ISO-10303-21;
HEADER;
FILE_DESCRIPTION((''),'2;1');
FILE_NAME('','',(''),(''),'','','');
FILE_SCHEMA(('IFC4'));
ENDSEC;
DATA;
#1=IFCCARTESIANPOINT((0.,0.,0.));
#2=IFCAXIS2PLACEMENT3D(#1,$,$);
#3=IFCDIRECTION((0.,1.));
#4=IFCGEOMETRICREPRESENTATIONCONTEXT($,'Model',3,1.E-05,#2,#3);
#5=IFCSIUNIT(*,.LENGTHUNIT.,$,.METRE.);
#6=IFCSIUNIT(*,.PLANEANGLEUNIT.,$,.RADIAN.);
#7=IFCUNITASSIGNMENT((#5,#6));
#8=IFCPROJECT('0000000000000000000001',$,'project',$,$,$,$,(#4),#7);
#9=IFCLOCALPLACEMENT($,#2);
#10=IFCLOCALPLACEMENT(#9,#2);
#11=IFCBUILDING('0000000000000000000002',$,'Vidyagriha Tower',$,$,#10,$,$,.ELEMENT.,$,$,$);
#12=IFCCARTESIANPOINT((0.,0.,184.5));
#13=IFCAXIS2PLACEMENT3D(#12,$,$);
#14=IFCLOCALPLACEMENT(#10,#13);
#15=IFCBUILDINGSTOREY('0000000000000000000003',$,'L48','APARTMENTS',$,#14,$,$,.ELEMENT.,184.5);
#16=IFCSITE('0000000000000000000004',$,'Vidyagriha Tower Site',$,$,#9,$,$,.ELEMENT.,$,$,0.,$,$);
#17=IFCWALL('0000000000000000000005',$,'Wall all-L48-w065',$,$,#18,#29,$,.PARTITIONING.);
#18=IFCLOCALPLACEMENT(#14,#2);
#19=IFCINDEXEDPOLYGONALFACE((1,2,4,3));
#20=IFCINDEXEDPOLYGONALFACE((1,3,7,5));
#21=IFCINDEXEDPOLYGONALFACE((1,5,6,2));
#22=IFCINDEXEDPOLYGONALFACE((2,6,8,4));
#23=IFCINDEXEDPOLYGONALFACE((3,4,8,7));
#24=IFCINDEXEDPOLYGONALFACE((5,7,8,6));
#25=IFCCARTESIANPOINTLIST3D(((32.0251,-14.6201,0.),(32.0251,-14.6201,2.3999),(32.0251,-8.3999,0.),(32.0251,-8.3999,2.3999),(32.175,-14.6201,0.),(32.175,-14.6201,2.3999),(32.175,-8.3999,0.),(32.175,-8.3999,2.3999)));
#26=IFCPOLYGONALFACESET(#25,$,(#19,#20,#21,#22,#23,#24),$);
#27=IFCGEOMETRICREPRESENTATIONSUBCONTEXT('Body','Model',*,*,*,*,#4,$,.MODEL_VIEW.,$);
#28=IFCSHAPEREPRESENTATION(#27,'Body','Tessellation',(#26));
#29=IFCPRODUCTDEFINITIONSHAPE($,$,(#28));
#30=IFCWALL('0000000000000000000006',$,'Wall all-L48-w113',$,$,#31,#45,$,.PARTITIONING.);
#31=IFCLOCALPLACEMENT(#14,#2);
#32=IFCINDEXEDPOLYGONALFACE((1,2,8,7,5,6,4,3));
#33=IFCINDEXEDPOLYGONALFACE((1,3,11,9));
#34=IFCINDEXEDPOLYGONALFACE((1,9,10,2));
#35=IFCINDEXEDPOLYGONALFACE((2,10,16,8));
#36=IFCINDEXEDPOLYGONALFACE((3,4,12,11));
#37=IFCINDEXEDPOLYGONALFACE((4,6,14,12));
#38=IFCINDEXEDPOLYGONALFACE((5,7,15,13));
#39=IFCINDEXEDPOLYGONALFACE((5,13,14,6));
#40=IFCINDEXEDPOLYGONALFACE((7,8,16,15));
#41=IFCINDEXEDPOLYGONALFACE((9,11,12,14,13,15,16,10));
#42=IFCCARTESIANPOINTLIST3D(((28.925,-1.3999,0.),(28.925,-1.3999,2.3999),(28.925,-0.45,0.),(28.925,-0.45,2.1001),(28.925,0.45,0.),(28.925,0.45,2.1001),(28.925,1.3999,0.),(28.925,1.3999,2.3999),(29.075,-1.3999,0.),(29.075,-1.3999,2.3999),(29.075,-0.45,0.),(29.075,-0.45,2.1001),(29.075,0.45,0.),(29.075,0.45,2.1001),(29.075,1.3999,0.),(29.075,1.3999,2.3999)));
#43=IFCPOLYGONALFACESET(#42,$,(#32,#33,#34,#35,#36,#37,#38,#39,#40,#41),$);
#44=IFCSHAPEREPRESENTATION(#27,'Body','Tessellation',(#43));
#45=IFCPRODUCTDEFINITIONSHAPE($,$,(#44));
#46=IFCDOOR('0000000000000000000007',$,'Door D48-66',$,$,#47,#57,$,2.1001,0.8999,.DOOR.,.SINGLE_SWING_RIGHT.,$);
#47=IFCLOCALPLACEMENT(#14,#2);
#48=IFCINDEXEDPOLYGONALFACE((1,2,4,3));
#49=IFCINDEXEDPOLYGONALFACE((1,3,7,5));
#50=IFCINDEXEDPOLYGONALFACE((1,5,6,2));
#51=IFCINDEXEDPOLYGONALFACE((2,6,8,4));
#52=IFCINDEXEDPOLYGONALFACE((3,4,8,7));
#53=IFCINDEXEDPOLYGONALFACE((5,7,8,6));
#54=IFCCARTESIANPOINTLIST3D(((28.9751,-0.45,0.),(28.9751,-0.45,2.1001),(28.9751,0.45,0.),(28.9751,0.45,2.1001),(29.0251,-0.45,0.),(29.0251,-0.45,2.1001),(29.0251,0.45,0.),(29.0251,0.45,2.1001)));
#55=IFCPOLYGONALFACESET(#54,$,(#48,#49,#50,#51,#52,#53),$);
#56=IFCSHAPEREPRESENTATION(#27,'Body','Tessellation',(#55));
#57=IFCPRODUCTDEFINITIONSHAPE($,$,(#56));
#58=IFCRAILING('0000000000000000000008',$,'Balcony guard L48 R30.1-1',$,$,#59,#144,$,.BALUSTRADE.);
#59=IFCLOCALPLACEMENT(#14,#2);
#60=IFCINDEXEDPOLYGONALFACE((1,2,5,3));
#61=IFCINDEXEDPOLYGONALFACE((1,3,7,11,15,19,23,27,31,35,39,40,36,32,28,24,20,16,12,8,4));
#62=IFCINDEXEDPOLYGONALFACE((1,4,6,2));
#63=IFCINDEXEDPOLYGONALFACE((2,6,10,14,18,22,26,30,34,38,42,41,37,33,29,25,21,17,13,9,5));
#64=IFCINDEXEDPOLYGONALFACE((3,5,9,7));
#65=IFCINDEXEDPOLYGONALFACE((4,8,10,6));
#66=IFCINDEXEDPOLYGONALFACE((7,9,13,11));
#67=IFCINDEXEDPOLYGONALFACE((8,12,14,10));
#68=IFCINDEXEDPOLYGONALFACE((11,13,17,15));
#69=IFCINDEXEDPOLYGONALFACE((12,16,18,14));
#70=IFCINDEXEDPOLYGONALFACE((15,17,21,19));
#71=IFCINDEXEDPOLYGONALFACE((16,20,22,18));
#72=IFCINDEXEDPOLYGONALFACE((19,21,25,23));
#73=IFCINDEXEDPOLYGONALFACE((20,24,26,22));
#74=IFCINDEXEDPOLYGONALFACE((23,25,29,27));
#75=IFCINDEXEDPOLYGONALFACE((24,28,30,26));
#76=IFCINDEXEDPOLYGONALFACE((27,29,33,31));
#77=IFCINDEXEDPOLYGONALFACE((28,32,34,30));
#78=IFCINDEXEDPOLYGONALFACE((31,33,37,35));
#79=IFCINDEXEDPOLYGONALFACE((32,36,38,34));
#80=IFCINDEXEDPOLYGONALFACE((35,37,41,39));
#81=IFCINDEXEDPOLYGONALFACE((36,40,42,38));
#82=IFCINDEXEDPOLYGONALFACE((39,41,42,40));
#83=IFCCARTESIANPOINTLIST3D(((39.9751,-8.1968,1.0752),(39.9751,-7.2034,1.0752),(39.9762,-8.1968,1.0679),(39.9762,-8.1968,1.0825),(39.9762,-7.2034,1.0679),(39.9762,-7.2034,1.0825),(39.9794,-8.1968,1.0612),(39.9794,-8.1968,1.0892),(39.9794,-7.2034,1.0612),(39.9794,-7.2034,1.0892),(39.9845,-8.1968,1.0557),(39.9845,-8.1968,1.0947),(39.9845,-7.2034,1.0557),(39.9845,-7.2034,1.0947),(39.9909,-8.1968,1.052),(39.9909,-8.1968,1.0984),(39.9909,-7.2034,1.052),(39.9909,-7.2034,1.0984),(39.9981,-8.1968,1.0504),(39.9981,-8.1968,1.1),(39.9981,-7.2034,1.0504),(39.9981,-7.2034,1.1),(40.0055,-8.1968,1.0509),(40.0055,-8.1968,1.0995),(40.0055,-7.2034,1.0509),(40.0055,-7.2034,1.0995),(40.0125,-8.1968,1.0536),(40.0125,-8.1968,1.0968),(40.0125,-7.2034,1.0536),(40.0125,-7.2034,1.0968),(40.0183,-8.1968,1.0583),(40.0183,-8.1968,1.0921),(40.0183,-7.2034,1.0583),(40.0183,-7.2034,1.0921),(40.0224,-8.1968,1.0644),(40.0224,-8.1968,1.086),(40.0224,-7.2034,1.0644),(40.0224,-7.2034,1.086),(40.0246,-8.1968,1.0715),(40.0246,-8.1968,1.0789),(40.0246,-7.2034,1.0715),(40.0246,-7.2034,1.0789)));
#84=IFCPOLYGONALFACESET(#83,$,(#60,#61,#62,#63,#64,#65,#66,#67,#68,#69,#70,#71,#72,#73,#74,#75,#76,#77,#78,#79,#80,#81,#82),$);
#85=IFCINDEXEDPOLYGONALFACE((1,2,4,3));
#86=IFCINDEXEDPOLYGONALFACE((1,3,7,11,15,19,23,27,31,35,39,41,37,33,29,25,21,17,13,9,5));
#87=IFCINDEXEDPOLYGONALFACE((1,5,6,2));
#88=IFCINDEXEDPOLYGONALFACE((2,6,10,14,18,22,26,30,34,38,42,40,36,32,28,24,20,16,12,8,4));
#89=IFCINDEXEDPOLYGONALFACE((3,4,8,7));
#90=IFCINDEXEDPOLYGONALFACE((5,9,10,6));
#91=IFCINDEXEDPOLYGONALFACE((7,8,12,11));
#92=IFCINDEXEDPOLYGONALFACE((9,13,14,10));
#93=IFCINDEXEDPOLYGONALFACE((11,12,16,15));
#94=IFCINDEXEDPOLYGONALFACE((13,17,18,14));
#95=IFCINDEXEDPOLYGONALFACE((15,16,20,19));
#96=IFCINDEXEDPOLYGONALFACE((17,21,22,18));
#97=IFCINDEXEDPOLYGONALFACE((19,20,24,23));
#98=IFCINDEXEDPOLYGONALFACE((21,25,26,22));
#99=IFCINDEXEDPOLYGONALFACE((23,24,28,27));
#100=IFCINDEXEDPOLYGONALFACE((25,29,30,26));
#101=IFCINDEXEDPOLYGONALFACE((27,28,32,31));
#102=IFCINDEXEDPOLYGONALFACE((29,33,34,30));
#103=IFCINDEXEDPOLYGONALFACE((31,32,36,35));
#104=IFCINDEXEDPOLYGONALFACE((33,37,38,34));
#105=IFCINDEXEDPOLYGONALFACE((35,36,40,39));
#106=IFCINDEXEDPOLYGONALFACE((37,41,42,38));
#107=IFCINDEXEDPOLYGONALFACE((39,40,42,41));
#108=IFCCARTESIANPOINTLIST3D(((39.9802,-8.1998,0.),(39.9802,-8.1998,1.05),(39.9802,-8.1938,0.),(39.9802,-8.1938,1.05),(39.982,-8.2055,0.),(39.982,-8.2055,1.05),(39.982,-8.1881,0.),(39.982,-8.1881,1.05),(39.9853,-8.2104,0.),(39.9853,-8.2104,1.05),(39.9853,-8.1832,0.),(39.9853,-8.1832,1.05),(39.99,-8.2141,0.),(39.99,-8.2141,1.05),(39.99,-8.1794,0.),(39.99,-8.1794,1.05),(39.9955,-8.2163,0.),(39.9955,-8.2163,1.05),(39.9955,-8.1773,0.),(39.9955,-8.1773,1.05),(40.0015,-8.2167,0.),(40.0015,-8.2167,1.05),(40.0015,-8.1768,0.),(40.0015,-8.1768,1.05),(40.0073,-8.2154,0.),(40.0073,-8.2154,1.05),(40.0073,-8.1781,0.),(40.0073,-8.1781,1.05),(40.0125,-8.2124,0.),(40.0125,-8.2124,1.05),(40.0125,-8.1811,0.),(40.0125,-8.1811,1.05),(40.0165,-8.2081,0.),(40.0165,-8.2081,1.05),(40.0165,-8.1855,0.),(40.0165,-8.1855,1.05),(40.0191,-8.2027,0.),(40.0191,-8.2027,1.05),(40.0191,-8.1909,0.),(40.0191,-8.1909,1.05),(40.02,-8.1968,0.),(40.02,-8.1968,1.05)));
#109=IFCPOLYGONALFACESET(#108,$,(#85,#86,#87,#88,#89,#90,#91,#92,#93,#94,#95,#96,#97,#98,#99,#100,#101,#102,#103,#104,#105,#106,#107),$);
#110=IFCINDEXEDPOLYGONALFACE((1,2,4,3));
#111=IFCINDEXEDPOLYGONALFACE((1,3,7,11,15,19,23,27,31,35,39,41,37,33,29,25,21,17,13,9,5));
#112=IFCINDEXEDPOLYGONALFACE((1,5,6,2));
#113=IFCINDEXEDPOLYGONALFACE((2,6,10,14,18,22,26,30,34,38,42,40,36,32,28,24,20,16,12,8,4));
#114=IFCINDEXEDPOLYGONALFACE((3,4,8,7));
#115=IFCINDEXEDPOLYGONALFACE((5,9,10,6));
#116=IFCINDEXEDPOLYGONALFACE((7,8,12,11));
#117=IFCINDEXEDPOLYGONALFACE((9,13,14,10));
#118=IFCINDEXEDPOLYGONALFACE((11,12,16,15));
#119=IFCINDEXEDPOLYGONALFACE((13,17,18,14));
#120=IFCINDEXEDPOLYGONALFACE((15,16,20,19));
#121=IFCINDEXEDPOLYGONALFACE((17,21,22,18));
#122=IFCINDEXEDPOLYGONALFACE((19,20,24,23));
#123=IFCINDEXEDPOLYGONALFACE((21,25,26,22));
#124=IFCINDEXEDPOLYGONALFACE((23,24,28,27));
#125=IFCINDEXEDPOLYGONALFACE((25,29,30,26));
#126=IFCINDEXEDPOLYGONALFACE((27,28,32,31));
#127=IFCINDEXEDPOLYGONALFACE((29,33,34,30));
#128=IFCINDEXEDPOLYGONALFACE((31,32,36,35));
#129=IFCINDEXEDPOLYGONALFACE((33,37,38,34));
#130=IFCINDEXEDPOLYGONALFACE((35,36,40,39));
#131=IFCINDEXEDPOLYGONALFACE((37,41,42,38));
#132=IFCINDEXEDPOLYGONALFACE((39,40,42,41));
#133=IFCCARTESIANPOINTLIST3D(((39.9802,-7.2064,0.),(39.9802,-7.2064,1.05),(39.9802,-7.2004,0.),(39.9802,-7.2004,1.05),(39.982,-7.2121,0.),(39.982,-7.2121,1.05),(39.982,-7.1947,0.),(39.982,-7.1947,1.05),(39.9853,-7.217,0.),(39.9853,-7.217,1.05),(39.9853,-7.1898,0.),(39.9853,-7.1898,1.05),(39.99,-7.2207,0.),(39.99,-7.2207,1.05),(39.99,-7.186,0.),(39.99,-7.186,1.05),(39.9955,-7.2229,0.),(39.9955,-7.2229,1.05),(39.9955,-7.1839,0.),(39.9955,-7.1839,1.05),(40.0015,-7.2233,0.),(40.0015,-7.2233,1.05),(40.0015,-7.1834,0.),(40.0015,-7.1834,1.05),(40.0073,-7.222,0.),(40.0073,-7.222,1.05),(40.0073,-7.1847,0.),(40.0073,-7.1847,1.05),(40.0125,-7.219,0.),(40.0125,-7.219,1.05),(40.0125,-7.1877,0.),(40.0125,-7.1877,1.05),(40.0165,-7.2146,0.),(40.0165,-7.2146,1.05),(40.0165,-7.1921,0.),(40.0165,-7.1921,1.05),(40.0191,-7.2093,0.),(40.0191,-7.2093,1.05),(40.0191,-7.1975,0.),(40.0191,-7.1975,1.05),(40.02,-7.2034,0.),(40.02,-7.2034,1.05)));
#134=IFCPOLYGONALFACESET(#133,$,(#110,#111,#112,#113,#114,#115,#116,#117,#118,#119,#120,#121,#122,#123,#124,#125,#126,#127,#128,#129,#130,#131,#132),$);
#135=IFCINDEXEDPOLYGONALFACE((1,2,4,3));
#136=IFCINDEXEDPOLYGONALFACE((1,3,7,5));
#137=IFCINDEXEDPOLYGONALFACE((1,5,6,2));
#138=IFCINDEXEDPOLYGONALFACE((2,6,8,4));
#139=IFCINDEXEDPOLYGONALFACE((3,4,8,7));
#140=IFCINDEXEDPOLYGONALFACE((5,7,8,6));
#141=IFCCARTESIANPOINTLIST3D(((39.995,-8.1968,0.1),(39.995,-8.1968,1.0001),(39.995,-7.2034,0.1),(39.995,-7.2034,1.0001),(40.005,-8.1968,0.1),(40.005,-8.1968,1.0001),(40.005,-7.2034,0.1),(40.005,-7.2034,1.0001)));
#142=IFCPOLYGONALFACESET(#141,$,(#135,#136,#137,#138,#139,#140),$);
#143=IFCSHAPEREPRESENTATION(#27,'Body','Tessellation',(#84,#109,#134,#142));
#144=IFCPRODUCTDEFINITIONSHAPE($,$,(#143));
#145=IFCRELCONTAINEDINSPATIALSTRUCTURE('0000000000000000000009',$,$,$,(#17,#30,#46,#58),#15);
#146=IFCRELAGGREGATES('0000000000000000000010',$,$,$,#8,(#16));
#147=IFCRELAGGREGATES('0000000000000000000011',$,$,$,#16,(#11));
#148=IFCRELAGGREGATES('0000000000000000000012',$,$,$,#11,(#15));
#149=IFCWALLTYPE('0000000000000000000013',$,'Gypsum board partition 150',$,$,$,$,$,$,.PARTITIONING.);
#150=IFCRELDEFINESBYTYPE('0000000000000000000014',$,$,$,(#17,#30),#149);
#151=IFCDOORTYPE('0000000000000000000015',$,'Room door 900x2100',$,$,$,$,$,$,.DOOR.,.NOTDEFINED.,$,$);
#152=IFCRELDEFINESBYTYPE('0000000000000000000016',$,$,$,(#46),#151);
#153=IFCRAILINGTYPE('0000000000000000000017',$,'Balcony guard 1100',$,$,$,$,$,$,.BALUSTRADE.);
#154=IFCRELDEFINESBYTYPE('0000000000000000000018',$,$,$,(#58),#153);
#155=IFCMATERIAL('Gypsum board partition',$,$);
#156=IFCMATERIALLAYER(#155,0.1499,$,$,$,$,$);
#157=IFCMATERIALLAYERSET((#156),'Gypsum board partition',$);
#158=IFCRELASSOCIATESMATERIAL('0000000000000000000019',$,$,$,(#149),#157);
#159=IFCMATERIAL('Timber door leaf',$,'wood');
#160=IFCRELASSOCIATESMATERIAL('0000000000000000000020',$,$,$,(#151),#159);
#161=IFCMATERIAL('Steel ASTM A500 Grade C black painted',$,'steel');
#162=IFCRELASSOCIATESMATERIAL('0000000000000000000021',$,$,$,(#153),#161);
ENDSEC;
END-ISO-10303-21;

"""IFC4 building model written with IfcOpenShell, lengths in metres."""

from ifc_helpers import new_model, si_unit, direction, frame, frame_2d, origin, origin_2d, place, context, subcontext, project, spatial, rectangle, circle, extrude, material, layer, layer_set, type_object, element, fill, save


model = new_model("IFC4")

# Units and contexts
model_context = context("Model", 3, precision=1e-05, world=origin(), true_north=direction((0.0, 1.0)))
body_context = subcontext(model_context, "Body", "Model", "MODEL_VIEW")
ifc_project = project(units=[si_unit("LENGTHUNIT", "METRE"), si_unit("PLANEANGLEUNIT", "RADIAN")], contexts=[model_context])

# Site, building, storey
site_placement = place(None, origin())
site = spatial("IfcSite", under=ifc_project, at=site_placement, Name="Vidyagriha Tower Site", CompositionType="ELEMENT", RefElevation=0.0)
building_placement = place(site_placement, origin())
building = spatial("IfcBuilding", under=site, at=building_placement, Name="Vidyagriha Tower", CompositionType="ELEMENT")
storey_placement = place(building_placement, frame((0.0, 0.0, 184.5)))
storey = spatial("IfcBuildingStorey", under=building, at=storey_placement, Name="L48", Description="APARTMENTS", CompositionType="ELEMENT", Elevation=184.5)

# Shared definitions
ifc_material_1 = material(Name="Gypsum board partition")
ifc_layer_1 = layer(ifc_material_1, 0.1499)
ifc_layer_set_1 = layer_set([ifc_layer_1], Name="Gypsum board partition")
wall_type_1 = type_object("IfcWallType", Name="Gypsum board partition 150", PredefinedType="PARTITIONING", material=ifc_layer_set_1)

# Shared definitions
ifc_material_2 = material(Name="Timber door leaf", Category="wood")
door_type_1 = type_object("IfcDoorType", Name="Room door 900x2100", OperationType="NOTDEFINED", PredefinedType="DOOR", material=ifc_material_2)

# Wall
wall_1_placement = place(storey_placement, frame((32.1001, -8.3999, 0.0), z_axis=(0.0, 0.0, 1.0), x_axis=(0.0, -1.0, 0.0)))
element("IfcWall", 1, at=wall_1_placement, inside=storey, type_object=wall_type_1, Name="Wall all-L48-w065", PredefinedType="PARTITIONING", context=body_context, shape_type="SweptSolid", body=[
    extrude(rectangle(XDim=6.2202, YDim=0.1499, at=frame_2d((3.1101, 0.0))), origin(), (0.0, 0.0, 1.0), 2.3999),
])

# Wall, opening, door
wall_2_placement = place(storey_placement, frame((29.0, -1.3999, 0.0), z_axis=(0.0, 0.0, 1.0), x_axis=(0.0, 1.0, 0.0)))
wall_2 = element("IfcWall", 2, at=wall_2_placement, inside=storey, type_object=wall_type_1, Name="Wall all-L48-w113", PredefinedType="PARTITIONING", context=body_context, shape_type="SweptSolid", body=[
    extrude(rectangle(XDim=2.7998, YDim=0.1499, at=frame_2d((1.3999, 0.0))), origin(), (0.0, 0.0, 1.0), 2.3999),
])
opening_1_placement = place(wall_2_placement, frame((0.95, 0.0, 0.0)))
opening_1 = element("IfcOpeningElement", 3, at=opening_1_placement, cuts=wall_2, PredefinedType="OPENING", context=body_context, shape_type="SweptSolid", body=[
    extrude(rectangle(XDim=0.8999, YDim=2.1001, at=frame_2d((0.45, 1.05))), frame((0.0, 0.085, 0.0), z_axis=(0.0, -1.0, 0.0), x_axis=(1.0, 0.0, 0.0)), (0.0, 0.0, 1.0), 0.1699),
])
door_1_placement = place(opening_1_placement, origin())
door_1 = element("IfcDoor", 4, at=door_1_placement, inside=storey, type_object=door_type_1, Name="Door D48-66", OperationType="SINGLE_SWING_RIGHT", OverallHeight=2.1001, OverallWidth=0.8999, PredefinedType="DOOR", context=body_context, shape_type="SweptSolid", body=[
    extrude(rectangle(XDim=0.8999, YDim=2.1001, at=frame_2d((0.45, 1.05))), frame((0.0, 0.0249, 0.0), z_axis=(0.0, -1.0, 0.0), x_axis=(1.0, 0.0, 0.0)), (0.0, 0.0, 1.0), 0.05),
])
fill(opening_1, door_1)

# Railing
ifc_material_3 = material(Name="Steel ASTM A500 Grade C black painted", Category="steel")
railing_type = type_object("IfcRailingType", Name="Balcony guard 1100", PredefinedType="BALUSTRADE", material=ifc_material_3)
railing_1_placement = place(storey_placement, frame((40.0, -8.1968, 0.0)))
element("IfcRailing", 5, at=railing_1_placement, inside=storey, type_object=railing_type, Name="Balcony guard L48 R30.1-1", PredefinedType="BALUSTRADE", context=body_context, shape_type="SweptSolid", body=[
    extrude(circle(Radius=0.0249, at=origin_2d()), frame((0.0, 0.0, 1.0752), z_axis=(0.0, 1.0, 0.0), x_axis=(-1.0, 0.0, 0.0)), (0.0, 0.0, 1.0), 0.9934),
    extrude(circle(Radius=0.02, at=origin_2d()), origin(), (0.0, 0.0, 1.0), 1.05),
    extrude(circle(Radius=0.02, at=origin_2d()), frame((0.0, 0.9934, 0.0)), (0.0, 0.0, 1.0), 1.05),
    extrude(rectangle(XDim=0.01, YDim=0.9001, at=origin_2d()), frame((0.0, 0.0, 0.55), z_axis=(0.0, 1.0, 0.0), x_axis=(-1.0, 0.0, 0.0)), (0.0, 0.0, 1.0), 0.9934),
])

save(model, "model.ifc")
